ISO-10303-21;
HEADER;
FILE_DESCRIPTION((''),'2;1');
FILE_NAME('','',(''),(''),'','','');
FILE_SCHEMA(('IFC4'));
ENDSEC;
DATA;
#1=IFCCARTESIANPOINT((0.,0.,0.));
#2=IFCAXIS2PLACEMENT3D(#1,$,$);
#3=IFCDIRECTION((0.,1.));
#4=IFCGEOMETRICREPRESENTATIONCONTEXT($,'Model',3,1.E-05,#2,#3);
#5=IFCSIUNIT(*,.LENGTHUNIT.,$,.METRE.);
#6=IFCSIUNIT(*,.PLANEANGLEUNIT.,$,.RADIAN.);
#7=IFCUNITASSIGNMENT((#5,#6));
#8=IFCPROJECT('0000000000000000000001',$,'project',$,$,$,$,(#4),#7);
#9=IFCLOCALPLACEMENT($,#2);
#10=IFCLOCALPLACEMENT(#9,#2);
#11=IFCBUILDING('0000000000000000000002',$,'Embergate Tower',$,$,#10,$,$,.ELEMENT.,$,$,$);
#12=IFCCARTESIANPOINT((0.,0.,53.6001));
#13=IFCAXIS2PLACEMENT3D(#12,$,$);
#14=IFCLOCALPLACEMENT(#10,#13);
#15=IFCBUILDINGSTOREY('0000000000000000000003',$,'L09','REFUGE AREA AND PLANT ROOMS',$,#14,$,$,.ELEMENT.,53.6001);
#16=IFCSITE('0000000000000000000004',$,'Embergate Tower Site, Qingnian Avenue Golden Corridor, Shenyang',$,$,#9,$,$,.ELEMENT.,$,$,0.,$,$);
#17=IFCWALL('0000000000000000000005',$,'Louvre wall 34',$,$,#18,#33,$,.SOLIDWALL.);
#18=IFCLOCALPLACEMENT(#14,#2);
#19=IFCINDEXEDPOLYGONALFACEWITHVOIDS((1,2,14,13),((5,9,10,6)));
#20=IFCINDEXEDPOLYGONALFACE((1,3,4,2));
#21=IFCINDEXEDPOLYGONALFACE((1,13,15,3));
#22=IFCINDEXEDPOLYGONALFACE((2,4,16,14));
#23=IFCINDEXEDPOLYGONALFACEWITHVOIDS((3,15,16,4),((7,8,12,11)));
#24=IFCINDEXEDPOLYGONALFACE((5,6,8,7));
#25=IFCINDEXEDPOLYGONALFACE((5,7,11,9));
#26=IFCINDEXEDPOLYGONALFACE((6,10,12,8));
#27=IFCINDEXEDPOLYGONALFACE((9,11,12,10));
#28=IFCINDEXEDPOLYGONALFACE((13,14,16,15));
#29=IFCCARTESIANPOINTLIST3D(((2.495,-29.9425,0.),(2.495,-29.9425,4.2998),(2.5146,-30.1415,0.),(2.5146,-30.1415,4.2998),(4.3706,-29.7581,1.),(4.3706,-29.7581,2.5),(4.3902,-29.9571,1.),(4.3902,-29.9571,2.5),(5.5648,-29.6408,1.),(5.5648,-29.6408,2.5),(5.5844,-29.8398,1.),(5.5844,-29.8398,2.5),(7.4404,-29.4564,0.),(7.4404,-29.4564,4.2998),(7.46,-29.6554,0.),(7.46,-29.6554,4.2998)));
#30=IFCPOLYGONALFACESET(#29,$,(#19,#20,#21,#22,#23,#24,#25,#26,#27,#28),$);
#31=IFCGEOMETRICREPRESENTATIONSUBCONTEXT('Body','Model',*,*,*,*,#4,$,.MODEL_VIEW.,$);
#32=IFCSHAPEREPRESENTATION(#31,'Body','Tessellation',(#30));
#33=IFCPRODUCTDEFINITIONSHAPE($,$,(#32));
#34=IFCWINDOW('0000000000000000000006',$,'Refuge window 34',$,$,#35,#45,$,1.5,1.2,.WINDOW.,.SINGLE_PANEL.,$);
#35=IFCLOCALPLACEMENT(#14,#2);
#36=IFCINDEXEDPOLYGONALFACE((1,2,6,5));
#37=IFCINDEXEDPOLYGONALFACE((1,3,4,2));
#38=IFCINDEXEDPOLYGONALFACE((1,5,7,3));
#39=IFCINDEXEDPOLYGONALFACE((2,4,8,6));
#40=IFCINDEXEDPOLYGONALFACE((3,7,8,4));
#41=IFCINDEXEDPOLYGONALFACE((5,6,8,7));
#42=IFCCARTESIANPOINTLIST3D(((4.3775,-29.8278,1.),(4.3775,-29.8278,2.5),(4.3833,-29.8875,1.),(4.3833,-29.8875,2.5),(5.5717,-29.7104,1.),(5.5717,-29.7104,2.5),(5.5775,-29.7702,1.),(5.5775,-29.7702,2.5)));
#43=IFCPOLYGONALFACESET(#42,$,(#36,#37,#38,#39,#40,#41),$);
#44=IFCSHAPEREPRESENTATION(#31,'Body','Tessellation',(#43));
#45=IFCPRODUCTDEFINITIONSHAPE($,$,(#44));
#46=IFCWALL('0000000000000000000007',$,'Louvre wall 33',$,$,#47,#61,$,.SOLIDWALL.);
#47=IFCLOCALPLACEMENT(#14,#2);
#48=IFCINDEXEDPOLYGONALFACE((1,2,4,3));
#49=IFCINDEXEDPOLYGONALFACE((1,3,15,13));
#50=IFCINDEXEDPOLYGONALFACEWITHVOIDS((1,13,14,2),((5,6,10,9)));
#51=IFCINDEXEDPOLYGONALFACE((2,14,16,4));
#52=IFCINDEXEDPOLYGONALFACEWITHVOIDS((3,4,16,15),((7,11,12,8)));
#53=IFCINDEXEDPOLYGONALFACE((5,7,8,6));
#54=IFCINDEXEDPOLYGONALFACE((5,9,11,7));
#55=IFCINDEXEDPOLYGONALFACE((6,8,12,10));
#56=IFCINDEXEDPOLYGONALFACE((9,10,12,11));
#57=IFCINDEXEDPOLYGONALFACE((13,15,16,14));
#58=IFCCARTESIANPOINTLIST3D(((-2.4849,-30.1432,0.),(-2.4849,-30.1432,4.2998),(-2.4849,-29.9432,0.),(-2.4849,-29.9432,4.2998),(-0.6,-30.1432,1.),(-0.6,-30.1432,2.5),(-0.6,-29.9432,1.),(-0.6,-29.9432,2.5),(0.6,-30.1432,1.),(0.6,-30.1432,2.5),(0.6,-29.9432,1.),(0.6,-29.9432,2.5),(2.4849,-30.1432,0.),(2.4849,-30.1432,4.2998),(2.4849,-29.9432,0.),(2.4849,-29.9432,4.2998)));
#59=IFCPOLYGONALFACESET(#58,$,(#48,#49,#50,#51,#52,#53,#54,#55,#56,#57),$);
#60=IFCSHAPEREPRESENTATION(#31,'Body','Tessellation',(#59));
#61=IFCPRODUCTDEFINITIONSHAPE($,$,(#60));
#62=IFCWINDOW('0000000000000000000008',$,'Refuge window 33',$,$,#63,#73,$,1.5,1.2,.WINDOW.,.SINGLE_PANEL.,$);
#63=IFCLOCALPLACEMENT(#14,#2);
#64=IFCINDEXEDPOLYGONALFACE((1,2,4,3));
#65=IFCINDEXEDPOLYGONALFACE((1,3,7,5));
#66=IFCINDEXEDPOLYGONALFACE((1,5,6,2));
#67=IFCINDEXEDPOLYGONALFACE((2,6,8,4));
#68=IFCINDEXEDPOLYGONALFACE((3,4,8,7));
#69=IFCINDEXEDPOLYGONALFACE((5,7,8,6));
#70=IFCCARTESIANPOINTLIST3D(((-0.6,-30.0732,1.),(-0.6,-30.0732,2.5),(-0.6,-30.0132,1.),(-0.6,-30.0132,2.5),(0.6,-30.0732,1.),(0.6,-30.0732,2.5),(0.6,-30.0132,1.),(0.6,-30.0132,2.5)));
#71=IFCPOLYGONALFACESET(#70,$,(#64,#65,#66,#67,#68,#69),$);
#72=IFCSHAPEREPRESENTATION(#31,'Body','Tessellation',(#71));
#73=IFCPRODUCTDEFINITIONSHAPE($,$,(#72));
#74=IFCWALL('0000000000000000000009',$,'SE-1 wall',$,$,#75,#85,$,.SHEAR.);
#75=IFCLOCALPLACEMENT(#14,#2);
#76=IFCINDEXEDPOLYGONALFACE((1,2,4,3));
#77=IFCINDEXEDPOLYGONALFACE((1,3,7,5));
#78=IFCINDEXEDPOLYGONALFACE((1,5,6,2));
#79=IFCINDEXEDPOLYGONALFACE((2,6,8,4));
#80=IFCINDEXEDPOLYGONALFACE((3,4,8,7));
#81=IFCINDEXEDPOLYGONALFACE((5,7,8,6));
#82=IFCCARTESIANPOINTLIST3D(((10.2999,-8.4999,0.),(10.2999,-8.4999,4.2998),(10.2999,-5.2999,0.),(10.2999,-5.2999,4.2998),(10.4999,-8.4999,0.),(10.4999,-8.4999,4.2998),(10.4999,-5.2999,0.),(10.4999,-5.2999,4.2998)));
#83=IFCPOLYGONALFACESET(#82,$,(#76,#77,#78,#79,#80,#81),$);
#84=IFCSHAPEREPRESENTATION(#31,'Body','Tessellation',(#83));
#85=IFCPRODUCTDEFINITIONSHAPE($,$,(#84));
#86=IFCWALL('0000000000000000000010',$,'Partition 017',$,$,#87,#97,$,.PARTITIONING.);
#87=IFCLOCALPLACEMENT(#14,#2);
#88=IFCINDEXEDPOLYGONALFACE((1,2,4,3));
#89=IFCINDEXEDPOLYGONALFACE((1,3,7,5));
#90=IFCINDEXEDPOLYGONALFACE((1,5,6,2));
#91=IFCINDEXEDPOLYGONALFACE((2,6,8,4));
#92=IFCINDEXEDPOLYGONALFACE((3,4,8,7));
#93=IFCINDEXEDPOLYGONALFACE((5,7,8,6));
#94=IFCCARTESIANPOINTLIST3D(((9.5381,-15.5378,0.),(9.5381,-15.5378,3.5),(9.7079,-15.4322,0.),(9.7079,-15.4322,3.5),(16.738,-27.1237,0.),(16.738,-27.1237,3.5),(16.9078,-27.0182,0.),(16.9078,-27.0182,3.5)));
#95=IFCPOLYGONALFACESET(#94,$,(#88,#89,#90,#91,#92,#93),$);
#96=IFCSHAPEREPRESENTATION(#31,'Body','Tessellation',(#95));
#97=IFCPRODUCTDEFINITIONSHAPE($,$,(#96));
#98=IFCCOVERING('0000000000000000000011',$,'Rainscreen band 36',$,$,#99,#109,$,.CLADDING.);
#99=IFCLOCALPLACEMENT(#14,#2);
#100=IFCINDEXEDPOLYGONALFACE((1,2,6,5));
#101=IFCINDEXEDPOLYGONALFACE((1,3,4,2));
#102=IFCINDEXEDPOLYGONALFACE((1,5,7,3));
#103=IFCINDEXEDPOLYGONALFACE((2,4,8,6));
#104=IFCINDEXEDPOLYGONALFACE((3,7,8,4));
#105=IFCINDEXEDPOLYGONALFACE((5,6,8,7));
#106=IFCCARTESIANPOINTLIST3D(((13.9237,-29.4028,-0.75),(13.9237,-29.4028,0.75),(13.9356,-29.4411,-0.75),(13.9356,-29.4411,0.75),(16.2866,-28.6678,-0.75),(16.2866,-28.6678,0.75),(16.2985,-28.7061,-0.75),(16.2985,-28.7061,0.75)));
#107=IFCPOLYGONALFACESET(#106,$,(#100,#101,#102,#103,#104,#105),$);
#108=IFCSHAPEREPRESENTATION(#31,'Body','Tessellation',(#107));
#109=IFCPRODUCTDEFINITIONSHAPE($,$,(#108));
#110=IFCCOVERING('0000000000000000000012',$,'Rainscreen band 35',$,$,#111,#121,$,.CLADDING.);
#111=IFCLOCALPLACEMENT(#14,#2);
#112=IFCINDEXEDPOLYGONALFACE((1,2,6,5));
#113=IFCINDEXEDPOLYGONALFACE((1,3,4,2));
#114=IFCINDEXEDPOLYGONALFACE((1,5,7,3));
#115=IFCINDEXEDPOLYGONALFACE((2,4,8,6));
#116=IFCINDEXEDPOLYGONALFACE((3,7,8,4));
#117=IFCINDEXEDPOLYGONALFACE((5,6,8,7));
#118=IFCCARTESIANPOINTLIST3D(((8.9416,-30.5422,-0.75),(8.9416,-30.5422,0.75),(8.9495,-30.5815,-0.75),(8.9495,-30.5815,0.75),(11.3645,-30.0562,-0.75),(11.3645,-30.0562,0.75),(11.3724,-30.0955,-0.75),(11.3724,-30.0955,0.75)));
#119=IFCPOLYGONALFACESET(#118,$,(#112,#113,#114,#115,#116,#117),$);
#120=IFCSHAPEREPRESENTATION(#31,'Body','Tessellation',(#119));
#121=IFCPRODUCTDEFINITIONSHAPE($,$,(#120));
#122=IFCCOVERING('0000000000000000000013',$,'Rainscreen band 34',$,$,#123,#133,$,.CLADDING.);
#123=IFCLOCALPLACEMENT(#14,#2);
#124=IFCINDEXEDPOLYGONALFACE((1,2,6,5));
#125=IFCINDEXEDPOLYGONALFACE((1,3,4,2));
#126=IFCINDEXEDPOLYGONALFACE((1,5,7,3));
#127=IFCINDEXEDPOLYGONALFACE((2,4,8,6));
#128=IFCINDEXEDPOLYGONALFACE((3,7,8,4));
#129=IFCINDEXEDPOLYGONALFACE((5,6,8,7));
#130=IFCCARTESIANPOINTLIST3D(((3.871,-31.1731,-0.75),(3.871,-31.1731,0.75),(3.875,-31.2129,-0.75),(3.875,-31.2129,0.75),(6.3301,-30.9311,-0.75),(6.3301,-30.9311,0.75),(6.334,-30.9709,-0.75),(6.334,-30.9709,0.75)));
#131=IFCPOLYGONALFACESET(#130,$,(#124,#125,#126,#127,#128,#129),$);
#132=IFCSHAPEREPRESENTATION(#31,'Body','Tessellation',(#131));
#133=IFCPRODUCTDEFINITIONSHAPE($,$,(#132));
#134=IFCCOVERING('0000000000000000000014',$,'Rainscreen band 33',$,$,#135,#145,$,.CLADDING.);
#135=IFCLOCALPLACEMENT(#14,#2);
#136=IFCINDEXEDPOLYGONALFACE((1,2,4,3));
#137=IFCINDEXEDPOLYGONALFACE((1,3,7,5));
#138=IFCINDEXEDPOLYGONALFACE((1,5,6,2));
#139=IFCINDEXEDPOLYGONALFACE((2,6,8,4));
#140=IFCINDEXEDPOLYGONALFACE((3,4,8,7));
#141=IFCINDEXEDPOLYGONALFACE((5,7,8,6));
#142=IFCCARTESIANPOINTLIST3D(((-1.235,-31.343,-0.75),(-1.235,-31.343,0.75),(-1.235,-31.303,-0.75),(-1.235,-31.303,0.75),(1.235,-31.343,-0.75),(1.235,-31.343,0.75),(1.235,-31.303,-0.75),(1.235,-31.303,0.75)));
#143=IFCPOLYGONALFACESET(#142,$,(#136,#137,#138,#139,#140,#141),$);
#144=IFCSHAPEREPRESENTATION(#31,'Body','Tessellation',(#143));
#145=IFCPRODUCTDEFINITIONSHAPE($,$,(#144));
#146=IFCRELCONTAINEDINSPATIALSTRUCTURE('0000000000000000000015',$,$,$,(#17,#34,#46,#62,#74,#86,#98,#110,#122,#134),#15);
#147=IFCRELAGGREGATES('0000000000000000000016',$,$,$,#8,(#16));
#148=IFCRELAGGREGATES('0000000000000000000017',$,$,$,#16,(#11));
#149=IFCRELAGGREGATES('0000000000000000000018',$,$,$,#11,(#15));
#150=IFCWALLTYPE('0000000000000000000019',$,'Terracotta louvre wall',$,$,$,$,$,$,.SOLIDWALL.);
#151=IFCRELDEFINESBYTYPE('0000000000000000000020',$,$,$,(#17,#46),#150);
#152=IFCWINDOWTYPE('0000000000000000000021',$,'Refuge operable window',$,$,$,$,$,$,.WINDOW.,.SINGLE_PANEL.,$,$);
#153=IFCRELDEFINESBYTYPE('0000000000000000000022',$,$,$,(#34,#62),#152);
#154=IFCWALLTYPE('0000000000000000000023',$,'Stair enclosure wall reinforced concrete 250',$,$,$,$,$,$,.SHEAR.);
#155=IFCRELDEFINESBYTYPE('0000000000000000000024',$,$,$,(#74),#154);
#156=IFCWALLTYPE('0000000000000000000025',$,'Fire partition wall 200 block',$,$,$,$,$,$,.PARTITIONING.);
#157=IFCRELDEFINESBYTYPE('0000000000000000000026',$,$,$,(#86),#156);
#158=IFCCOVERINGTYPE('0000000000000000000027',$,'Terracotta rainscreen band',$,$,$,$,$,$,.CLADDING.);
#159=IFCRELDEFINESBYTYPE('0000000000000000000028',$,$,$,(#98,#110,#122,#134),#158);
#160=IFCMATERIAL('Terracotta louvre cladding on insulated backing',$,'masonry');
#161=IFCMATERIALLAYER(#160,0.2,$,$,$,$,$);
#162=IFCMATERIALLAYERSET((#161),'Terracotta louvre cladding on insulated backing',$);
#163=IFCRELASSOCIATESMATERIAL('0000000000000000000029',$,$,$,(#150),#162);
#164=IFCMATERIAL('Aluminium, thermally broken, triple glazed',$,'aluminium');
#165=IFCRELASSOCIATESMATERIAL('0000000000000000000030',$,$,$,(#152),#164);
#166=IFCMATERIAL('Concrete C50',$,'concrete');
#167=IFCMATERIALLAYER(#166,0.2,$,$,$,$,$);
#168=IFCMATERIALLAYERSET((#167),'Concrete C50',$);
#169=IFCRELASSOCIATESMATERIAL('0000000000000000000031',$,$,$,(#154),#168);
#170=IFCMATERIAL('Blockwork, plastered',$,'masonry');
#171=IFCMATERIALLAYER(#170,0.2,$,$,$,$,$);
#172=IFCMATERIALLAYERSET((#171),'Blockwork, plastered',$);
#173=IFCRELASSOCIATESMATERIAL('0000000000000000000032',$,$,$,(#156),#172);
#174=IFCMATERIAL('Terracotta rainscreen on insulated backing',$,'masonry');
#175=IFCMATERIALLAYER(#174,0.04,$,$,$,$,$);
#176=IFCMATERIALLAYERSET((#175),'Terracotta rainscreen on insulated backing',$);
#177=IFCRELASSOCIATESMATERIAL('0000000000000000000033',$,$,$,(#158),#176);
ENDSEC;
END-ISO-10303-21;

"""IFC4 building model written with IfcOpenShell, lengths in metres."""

from ifc_helpers import new_model, si_unit, direction, frame, frame_2d, origin, origin_2d, place, context, subcontext, project, spatial, rectangle, extrude, source, transform, mapped, material, layer, layer_set, type_object, element, fill, save


model = new_model("IFC4")

# Units and contexts
model_context = context("Model", 3, precision=1e-05, world=origin(), true_north=direction((0.0, 1.0)))
body_context = subcontext(model_context, "Body", "Model", "MODEL_VIEW")
ifc_project = project(units=[si_unit("LENGTHUNIT", "METRE"), si_unit("PLANEANGLEUNIT", "RADIAN")], contexts=[model_context])

# Site, building, storey
site_placement = place(None, origin())
site = spatial("IfcSite", under=ifc_project, at=site_placement, Name="Embergate Tower Site, Qingnian Avenue Golden Corridor, Shenyang", CompositionType="ELEMENT", RefElevation=0.0)
building_placement = place(site_placement, origin())
building = spatial("IfcBuilding", under=site, at=building_placement, Name="Embergate Tower", CompositionType="ELEMENT")
storey_placement = place(building_placement, frame((0.0, 0.0, 53.6001)))
storey = spatial("IfcBuildingStorey", under=building, at=storey_placement, Name="L09", Description="REFUGE AREA AND PLANT ROOMS", CompositionType="ELEMENT", Elevation=53.6001)

# Shared definitions
ifc_material_1 = material(Name="Concrete C50", Category="concrete")

# Walls, openings, windows
ifc_material_2 = material(Name="Terracotta louvre cladding on insulated backing", Category="masonry")
ifc_layer_1 = layer(ifc_material_2, 0.2)
ifc_layer_set_1 = layer_set([ifc_layer_1], Name="Terracotta louvre cladding on insulated backing")
wall_type_1 = type_object("IfcWallType", Name="Terracotta louvre wall", PredefinedType="SOLIDWALL", material=ifc_layer_set_1)
shared_shape_1 = source(origin(), body_context, "Body", "SweptSolid", [
    extrude(rectangle(XDim=1.2, YDim=1.5, at=frame_2d((0.6001, 0.75))), frame((0.0, 0.1099, 0.0), z_axis=(0.0, -1.0, 0.0), x_axis=(1.0, 0.0, 0.0)), (0.0, 0.0, 1.0), 0.22),
])
ifc_material_3 = material(Name="Aluminium, thermally broken, triple glazed", Category="aluminium")
window_type = type_object("IfcWindowType", Name="Refuge operable window", PartitioningType="SINGLE_PANEL", PredefinedType="WINDOW", material=ifc_material_3)
shared_shape_2 = source(origin(), body_context, "Body", "SweptSolid", [
    extrude(rectangle(XDim=1.2, YDim=1.5, at=frame_2d((0.6001, 0.75))), frame((0.0, 0.03, 0.0), z_axis=(0.0, -1.0, 0.0), x_axis=(1.0, 0.0, 0.0)), (0.0, 0.0, 1.0), 0.0601),
])
shared_shape_3 = source(origin(), body_context, "Body", "SweptSolid", [
    extrude(rectangle(XDim=4.9692, YDim=0.2, at=frame_2d((2.4846, 0.0))), origin(), (0.0, 0.0, 1.0), 4.2998),
])
wall_1_placement = place(storey_placement, frame((7.4502, -29.5559, 0.0), z_axis=(0.0, 0.0, 1.0), x_axis=(-0.995204, -0.09782, 0.0)))
wall_1 = element("IfcWall", 1, at=wall_1_placement, inside=storey, type_object=wall_type_1, Name="Louvre wall 34", PredefinedType="SOLIDWALL", context=body_context, shape_type="MappedRepresentation", body=[
    mapped(shared_shape_3, transform((0.0, 0.0, 0.0))),
])
opening_1_placement = place(wall_1_placement, frame((1.8845, 0.0, 1.0)))
opening_1 = element("IfcOpeningElement", 2, at=opening_1_placement, cuts=wall_1, PredefinedType="OPENING", context=body_context, shape_type="MappedRepresentation", body=[
    mapped(shared_shape_1, transform((0.0, 0.0, 0.0))),
])
window_1_placement = place(opening_1_placement, origin())
window_1 = element("IfcWindow", 3, at=window_1_placement, inside=storey, type_object=window_type, Name="Refuge window 34", OverallHeight=1.5, OverallWidth=1.2, PartitioningType="SINGLE_PANEL", PredefinedType="WINDOW", context=body_context, shape_type="MappedRepresentation", body=[
    mapped(shared_shape_2, transform((0.0, 0.0, 0.0))),
])
fill(opening_1, window_1)
shared_shape_4 = source(origin(), body_context, "Body", "SweptSolid", [
    extrude(rectangle(XDim=4.9697, YDim=0.2, at=frame_2d((2.4849, 0.0))), origin(), (0.0, 0.0, 1.0), 4.2998),
])
wall_2_placement = place(storey_placement, frame((2.4849, -30.0432, 0.0), z_axis=(0.0, 0.0, 1.0), x_axis=(-1.0, 0.0, 0.0)))
wall_2 = element("IfcWall", 4, at=wall_2_placement, inside=storey, type_object=wall_type_1, Name="Louvre wall 33", PredefinedType="SOLIDWALL", context=body_context, shape_type="MappedRepresentation", body=[
    mapped(shared_shape_4, transform((0.0, 0.0, 0.0))),
])
opening_2_placement = place(wall_2_placement, frame((1.8848, 0.0, 1.0)))
opening_2 = element("IfcOpeningElement", 5, at=opening_2_placement, cuts=wall_2, PredefinedType="OPENING", context=body_context, shape_type="MappedRepresentation", body=[
    mapped(shared_shape_1, transform((0.0, 0.0, 0.0))),
])
window_2_placement = place(opening_2_placement, origin())
window_2 = element("IfcWindow", 6, at=window_2_placement, inside=storey, type_object=window_type, Name="Refuge window 33", OverallHeight=1.5, OverallWidth=1.2, PartitioningType="SINGLE_PANEL", PredefinedType="WINDOW", context=body_context, shape_type="MappedRepresentation", body=[
    mapped(shared_shape_2, transform((0.0, 0.0, 0.0))),
])
fill(opening_2, window_2)

# Wall
ifc_layer_2 = layer(ifc_material_1, 0.2)
ifc_layer_set_2 = layer_set([ifc_layer_2], Name="Concrete C50")
wall_type_2 = type_object("IfcWallType", Name="Stair enclosure wall reinforced concrete 250", PredefinedType="SHEAR", material=ifc_layer_set_2)
shared_shape_5 = source(origin(), body_context, "Body", "SweptSolid", [
    extrude(rectangle(XDim=3.2, YDim=0.2, at=frame_2d((1.6001, 0.0))), origin(), (0.0, 0.0, 1.0), 4.2998),
])
wall_3_placement = place(storey_placement, frame((10.3999, -8.5, 0.0), z_axis=(0.0, 0.0, 1.0), x_axis=(0.0, 1.0, 0.0)))
element("IfcWall", 7, at=wall_3_placement, inside=storey, type_object=wall_type_2, Name="SE-1 wall", PredefinedType="SHEAR", context=body_context, shape_type="MappedRepresentation", body=[
    mapped(shared_shape_5, transform((0.0, 0.0, 0.0))),
])

# Shared definitions
ifc_material_4 = material(Name="Blockwork, plastered", Category="masonry")
ifc_layer_3 = layer(ifc_material_4, 0.2)
ifc_layer_set_3 = layer_set([ifc_layer_3], Name="Blockwork, plastered")
wall_type_3 = type_object("IfcWallType", Name="Fire partition wall 200 block", PredefinedType="PARTITIONING", material=ifc_layer_set_3)

# Wall
shared_shape_6 = source(origin(), body_context, "Body", "SweptSolid", [
    extrude(rectangle(XDim=13.6409, YDim=0.2, at=frame_2d((6.8203, 0.0))), origin(), (0.0, 0.0, 1.0), 3.5),
])
wall_4_placement = place(storey_placement, frame((9.623, -15.4851, 0.0), z_axis=(0.0, 0.0, 1.0), x_axis=(0.527822, -0.849355, 0.0)))
element("IfcWall", 8, at=wall_4_placement, inside=storey, type_object=wall_type_3, Name="Partition 017", PredefinedType="PARTITIONING", context=body_context, shape_type="MappedRepresentation", body=[
    mapped(shared_shape_6, transform((0.0, 0.0, 0.0))),
])

# Coverings
ifc_material_5 = material(Name="Terracotta rainscreen on insulated backing", Category="masonry")
ifc_layer_4 = layer(ifc_material_5, 0.04)
ifc_layer_set_4 = layer_set([ifc_layer_4], Name="Terracotta rainscreen on insulated backing")
covering_type = type_object("IfcCoveringType", Name="Terracotta rainscreen band", PredefinedType="CLADDING", material=ifc_layer_set_4)
shared_shape_7 = source(origin(), body_context, "Body", "SweptSolid", [
    extrude(rectangle(XDim=2.4746, YDim=0.04, at=origin_2d()), origin(), (0.0, 0.0, 1.0), 1.5),
])
covering_1_placement = place(storey_placement, frame((15.1111, -29.0544, -0.75), z_axis=(0.0, 0.0, 1.0), x_axis=(0.954874, 0.29701, 0.0)))
element("IfcCovering", 9, at=covering_1_placement, inside=storey, type_object=covering_type, Name="Rainscreen band 36", PredefinedType="CLADDING", context=body_context, shape_type="MappedRepresentation", body=[
    mapped(shared_shape_7, transform((0.0, 0.0, 0.0))),
])
shared_shape_8 = source(origin(), body_context, "Body", "SweptSolid", [
    extrude(rectangle(XDim=2.4712, YDim=0.04, at=origin_2d()), origin(), (0.0, 0.0, 1.0), 1.5),
])
covering_2_placement = place(storey_placement, frame((10.157, -30.3188, -0.75), z_axis=(0.0, 0.0, 1.0), x_axis=(0.980471, 0.196661, 0.0)))
element("IfcCovering", 10, at=covering_2_placement, inside=storey, type_object=covering_type, Name="Rainscreen band 35", PredefinedType="CLADDING", context=body_context, shape_type="MappedRepresentation", body=[
    mapped(shared_shape_8, transform((0.0, 0.0, 0.0))),
])
shared_shape_9 = source(origin(), body_context, "Body", "SweptSolid", [
    extrude(rectangle(XDim=2.4709, YDim=0.04, at=origin_2d()), origin(), (0.0, 0.0, 1.0), 1.5),
])
covering_3_placement = place(storey_placement, frame((5.1025, -31.072, -0.75), z_axis=(0.0, 0.0, 1.0), x_axis=(0.995192, 0.097941, 0.0)))
element("IfcCovering", 11, at=covering_3_placement, inside=storey, type_object=covering_type, Name="Rainscreen band 34", PredefinedType="CLADDING", context=body_context, shape_type="MappedRepresentation", body=[
    mapped(shared_shape_9, transform((0.0, 0.0, 0.0))),
])
shared_shape_10 = source(origin(), body_context, "Body", "SweptSolid", [
    extrude(rectangle(XDim=2.47, YDim=0.04, at=origin_2d()), origin(), (0.0, 0.0, 1.0), 1.5),
])
covering_4_placement = place(storey_placement, frame((0.0, -31.323, -0.75), z_axis=(0.0, 0.0, 1.0), x_axis=(1.0, 0.0, 0.0)))
element("IfcCovering", 12, at=covering_4_placement, inside=storey, type_object=covering_type, Name="Rainscreen band 33", PredefinedType="CLADDING", context=body_context, shape_type="MappedRepresentation", body=[
    mapped(shared_shape_10, transform((0.0, 0.0, 0.0))),
])

save(model, "model.ifc")
